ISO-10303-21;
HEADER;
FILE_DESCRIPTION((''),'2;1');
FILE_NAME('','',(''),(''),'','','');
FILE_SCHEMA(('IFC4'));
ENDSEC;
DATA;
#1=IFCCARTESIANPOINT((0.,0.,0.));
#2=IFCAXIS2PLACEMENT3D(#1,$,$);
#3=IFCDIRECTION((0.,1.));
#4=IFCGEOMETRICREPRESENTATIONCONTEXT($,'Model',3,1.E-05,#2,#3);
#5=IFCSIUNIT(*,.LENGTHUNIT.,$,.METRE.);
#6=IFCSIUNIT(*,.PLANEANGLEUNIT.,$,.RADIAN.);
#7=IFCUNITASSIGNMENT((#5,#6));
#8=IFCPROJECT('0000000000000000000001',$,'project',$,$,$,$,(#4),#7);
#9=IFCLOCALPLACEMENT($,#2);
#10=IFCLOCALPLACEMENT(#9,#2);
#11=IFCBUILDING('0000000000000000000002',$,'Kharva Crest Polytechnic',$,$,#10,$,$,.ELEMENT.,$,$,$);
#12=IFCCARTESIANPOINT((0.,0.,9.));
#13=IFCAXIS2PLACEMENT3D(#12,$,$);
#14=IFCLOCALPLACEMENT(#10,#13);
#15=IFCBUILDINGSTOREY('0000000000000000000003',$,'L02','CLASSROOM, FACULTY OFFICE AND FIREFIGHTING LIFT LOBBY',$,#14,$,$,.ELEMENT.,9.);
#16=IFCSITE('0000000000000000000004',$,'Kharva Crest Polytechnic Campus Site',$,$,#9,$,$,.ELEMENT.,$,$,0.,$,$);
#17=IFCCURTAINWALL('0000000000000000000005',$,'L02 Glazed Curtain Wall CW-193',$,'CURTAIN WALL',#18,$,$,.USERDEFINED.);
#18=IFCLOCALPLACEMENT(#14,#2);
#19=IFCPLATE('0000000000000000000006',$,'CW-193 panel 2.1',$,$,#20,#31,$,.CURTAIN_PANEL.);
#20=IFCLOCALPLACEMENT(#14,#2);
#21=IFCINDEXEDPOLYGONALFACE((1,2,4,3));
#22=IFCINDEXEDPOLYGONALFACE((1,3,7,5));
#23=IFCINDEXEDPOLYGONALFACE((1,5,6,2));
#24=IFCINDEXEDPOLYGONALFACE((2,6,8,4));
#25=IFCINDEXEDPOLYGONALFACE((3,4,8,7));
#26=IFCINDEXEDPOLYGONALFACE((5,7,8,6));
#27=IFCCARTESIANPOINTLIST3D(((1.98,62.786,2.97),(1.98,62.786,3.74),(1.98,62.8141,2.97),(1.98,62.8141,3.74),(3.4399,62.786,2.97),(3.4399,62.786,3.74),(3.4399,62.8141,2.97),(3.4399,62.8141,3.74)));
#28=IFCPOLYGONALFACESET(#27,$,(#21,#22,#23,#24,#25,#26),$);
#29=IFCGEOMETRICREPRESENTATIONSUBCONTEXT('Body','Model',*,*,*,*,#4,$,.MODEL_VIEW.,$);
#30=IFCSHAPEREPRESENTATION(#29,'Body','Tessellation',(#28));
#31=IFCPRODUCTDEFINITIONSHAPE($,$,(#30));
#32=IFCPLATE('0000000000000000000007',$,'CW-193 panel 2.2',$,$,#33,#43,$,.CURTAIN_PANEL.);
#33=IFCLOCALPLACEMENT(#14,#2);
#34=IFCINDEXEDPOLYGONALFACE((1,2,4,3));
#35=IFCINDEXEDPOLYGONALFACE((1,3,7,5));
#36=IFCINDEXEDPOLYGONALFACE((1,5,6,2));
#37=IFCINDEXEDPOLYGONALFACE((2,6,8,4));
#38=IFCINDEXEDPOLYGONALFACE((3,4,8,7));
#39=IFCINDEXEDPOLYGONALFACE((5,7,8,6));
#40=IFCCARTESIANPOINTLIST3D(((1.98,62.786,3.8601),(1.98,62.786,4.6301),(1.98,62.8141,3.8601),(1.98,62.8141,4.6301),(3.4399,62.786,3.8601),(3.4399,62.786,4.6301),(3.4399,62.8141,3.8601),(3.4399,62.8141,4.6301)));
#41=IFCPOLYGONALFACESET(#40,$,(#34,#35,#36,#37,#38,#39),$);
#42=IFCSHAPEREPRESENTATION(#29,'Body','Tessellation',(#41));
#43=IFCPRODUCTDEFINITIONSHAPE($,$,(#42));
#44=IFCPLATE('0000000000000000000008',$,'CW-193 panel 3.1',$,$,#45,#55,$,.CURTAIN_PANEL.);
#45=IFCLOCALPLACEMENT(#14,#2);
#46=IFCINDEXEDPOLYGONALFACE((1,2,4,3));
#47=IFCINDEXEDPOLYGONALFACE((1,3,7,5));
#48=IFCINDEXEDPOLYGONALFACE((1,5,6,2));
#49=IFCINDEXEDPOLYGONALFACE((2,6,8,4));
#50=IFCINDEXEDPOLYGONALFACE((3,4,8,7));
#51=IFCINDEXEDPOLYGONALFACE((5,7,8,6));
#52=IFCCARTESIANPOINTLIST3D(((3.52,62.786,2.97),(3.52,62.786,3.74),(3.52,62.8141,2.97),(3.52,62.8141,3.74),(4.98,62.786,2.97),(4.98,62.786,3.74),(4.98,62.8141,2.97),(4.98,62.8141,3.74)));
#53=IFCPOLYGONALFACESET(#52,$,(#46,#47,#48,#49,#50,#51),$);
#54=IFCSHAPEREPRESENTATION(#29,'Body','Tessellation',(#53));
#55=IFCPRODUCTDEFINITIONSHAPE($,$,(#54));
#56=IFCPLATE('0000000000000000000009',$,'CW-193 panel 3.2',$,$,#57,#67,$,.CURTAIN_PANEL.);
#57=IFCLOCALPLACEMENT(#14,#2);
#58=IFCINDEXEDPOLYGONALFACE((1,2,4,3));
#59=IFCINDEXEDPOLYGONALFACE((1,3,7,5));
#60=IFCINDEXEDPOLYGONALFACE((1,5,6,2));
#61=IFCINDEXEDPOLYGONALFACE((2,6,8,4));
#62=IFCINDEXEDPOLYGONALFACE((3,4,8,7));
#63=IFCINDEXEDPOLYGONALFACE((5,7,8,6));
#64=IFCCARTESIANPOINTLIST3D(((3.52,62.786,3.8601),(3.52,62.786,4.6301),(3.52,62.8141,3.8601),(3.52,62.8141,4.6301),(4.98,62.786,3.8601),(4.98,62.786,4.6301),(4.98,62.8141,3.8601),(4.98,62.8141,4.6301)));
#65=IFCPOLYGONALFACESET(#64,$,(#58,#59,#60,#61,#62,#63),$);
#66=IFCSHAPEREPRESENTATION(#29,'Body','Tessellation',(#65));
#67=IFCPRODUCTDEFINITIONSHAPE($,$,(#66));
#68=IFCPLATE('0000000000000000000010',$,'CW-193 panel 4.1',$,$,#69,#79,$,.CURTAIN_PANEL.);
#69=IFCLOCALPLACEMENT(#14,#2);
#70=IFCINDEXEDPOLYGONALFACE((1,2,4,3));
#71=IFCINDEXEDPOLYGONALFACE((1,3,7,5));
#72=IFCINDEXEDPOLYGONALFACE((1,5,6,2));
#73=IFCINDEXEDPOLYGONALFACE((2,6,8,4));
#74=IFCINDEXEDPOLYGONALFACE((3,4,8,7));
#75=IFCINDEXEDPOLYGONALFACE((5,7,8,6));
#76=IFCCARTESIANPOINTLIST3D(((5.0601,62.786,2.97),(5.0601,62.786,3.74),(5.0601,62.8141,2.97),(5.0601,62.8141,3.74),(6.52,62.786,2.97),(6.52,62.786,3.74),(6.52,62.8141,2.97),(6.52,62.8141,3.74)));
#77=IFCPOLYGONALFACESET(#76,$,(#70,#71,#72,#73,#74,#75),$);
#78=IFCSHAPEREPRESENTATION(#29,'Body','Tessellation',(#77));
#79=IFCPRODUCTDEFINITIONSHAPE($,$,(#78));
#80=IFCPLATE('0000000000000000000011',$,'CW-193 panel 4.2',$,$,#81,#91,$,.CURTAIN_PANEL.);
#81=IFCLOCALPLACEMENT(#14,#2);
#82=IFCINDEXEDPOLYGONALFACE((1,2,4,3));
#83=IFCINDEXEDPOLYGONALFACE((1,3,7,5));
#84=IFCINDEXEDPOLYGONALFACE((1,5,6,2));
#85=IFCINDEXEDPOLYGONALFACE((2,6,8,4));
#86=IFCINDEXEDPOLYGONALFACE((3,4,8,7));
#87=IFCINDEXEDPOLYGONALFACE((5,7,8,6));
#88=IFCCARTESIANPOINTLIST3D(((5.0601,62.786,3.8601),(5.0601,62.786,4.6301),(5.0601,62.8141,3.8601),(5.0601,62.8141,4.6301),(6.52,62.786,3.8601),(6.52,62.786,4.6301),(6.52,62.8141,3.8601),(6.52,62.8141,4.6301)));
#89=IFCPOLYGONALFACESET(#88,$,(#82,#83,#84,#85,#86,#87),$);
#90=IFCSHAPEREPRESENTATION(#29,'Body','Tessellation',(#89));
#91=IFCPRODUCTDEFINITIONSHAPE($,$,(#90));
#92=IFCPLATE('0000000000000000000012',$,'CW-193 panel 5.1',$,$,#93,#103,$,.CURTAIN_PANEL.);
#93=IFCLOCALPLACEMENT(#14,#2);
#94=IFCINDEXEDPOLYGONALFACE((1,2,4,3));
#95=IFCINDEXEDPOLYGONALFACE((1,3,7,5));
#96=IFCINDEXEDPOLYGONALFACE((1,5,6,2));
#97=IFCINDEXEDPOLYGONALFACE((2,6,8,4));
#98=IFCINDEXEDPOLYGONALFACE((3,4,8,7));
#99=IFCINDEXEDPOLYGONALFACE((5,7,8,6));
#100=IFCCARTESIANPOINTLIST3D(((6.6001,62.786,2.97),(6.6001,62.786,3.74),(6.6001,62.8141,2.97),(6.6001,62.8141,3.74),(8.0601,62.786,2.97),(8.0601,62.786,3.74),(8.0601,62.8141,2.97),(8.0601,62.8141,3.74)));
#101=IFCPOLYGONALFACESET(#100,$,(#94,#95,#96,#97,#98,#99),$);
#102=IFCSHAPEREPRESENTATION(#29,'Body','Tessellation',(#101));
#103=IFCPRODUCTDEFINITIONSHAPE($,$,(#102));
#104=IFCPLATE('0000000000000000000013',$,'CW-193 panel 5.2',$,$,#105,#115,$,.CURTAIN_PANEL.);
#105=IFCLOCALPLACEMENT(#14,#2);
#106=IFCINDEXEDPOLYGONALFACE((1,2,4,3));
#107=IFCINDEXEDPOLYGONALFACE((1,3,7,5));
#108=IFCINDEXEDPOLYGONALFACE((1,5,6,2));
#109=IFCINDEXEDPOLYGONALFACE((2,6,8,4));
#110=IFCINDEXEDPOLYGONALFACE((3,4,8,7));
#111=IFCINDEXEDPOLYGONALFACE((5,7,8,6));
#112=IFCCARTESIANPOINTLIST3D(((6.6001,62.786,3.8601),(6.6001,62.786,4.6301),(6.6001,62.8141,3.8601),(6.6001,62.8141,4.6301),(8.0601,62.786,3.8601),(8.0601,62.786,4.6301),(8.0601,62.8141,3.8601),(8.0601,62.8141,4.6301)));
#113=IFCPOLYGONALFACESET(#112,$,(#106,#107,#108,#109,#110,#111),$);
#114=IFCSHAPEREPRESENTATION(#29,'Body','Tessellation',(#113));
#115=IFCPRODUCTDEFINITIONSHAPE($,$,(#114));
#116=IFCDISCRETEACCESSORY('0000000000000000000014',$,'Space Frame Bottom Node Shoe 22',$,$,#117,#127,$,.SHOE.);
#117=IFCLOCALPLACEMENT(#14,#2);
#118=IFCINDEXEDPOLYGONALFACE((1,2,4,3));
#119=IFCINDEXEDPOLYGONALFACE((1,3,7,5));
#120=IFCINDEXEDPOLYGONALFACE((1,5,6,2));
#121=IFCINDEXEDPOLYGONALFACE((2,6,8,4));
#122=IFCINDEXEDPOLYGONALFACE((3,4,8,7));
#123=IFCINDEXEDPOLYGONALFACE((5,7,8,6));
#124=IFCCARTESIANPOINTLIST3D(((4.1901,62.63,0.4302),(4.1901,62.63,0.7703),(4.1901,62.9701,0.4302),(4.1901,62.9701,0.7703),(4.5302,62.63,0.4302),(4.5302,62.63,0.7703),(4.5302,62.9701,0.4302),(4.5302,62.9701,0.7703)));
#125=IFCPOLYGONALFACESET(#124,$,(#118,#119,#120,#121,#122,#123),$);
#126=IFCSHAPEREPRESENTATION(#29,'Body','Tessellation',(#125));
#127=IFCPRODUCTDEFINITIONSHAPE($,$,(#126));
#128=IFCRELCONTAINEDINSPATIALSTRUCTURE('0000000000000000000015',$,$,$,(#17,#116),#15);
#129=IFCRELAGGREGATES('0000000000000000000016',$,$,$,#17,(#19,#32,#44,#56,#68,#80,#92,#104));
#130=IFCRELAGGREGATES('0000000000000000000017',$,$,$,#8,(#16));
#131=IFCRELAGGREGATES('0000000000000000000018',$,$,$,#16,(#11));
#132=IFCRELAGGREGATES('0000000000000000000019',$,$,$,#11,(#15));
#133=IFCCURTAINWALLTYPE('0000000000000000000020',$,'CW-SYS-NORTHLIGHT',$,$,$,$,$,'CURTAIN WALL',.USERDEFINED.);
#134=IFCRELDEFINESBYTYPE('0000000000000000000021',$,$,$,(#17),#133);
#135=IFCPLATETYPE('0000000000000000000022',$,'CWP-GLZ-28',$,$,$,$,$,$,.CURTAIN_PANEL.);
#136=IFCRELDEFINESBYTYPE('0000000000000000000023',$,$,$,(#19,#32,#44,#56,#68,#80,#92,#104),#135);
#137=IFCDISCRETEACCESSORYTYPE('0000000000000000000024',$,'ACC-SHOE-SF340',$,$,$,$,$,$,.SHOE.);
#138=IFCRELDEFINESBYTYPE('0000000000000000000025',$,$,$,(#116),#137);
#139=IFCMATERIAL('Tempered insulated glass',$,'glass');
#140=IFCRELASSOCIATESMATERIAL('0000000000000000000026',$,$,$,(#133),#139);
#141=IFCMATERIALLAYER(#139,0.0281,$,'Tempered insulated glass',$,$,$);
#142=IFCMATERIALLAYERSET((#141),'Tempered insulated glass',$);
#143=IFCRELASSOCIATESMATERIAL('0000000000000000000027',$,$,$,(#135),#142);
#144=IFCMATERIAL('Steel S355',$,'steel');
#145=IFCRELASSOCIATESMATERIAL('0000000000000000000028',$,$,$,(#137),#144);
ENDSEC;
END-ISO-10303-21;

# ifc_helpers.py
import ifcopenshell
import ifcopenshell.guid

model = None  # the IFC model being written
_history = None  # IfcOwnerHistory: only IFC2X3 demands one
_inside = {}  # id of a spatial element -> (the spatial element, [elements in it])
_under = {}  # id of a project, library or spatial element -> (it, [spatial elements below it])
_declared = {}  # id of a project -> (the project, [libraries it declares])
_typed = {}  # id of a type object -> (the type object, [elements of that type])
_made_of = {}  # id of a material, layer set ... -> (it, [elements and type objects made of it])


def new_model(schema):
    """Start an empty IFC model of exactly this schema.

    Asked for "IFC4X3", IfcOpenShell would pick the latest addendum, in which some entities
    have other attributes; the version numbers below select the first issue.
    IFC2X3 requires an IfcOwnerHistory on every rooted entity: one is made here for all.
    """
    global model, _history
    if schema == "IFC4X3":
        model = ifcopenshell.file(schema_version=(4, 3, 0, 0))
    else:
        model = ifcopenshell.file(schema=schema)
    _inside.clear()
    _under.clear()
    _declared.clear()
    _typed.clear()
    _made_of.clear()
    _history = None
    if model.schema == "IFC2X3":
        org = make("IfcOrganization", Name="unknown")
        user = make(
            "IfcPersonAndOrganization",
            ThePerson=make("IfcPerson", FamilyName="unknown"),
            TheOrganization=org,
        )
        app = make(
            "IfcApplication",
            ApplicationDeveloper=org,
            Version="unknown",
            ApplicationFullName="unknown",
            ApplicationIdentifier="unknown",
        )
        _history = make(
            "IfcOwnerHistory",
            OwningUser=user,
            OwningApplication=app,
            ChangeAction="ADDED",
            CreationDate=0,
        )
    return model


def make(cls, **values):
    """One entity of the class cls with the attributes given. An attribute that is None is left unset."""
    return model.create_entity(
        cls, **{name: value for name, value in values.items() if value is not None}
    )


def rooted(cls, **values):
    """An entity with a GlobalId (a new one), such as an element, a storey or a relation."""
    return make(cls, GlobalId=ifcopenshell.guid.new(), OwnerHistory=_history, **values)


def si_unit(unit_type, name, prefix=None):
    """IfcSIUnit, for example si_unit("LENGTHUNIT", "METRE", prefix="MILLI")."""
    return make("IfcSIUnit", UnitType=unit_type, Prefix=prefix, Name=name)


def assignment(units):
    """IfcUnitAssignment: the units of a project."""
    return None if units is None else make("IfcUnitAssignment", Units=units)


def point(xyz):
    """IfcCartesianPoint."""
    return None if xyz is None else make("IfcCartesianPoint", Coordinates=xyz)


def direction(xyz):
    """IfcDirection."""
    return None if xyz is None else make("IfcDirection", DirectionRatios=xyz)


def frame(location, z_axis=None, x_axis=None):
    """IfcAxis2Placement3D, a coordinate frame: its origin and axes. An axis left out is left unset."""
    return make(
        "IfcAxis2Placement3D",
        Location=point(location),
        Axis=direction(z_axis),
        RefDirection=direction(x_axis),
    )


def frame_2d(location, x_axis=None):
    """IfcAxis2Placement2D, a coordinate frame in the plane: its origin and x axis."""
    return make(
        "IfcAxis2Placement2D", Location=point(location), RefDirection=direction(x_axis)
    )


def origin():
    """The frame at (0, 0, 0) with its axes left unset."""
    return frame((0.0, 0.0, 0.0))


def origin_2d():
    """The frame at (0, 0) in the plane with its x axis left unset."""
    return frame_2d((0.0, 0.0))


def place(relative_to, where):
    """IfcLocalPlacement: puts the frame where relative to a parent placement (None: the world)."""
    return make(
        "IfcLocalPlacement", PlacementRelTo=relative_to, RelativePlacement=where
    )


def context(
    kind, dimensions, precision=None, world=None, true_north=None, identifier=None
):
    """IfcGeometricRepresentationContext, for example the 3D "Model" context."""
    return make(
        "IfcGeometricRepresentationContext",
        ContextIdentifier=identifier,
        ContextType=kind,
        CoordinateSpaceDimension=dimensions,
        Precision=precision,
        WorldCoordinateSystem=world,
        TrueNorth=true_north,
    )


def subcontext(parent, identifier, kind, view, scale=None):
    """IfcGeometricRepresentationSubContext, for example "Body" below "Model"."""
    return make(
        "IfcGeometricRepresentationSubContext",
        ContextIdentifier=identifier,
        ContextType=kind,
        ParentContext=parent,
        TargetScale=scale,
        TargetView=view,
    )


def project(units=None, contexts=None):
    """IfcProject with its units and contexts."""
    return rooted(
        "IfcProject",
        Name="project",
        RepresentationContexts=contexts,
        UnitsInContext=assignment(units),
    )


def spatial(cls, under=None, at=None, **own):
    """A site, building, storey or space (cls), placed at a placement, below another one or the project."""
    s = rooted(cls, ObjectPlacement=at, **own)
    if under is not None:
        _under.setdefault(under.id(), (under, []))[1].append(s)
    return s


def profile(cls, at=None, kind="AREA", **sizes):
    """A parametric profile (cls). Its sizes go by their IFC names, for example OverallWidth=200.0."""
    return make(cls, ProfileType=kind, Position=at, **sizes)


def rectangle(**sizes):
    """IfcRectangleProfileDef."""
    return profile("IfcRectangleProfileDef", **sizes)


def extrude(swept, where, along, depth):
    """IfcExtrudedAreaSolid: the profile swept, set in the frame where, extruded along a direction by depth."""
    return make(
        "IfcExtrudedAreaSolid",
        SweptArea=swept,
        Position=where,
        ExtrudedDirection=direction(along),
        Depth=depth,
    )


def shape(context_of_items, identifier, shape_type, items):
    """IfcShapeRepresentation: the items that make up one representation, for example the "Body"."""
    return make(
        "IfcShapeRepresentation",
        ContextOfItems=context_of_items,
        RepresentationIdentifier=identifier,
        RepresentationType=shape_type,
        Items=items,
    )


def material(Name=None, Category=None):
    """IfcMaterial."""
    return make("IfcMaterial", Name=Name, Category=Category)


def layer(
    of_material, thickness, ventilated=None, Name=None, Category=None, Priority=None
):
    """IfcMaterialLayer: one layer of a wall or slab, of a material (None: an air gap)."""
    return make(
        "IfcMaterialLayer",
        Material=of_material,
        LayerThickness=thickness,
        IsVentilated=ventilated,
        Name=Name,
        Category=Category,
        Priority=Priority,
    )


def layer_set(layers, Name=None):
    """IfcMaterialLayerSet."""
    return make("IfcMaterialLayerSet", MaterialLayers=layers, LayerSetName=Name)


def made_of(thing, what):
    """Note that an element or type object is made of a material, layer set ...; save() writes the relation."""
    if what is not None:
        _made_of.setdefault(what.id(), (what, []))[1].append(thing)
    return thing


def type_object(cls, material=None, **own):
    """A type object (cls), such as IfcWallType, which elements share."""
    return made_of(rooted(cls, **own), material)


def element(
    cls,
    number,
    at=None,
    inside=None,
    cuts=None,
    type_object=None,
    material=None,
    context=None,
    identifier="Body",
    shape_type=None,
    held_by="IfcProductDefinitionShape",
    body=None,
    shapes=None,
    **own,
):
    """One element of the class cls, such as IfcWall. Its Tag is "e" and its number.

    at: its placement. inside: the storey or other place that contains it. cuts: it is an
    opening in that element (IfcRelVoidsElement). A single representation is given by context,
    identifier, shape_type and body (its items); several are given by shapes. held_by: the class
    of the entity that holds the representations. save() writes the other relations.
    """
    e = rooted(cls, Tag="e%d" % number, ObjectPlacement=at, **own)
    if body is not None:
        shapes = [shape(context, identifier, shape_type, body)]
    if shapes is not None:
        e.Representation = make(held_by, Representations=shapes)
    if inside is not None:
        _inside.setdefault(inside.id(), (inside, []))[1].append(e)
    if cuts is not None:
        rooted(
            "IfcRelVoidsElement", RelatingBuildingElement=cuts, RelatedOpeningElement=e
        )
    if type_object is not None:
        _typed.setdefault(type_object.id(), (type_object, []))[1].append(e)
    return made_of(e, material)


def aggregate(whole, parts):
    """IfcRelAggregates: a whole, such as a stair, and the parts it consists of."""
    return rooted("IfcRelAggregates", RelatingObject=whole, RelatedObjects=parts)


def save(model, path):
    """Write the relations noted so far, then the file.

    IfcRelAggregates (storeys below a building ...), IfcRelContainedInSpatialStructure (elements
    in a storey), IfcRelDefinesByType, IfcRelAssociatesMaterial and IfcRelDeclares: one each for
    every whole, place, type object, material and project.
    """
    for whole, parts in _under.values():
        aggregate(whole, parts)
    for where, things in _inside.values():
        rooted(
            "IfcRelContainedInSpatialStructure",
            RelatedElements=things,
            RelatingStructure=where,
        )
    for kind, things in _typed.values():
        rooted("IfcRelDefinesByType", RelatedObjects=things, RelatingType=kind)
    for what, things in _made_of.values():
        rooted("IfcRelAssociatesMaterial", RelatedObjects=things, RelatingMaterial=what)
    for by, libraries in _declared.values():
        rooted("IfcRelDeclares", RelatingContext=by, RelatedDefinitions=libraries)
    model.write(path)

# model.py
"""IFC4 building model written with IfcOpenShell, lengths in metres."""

from ifc_helpers import new_model, si_unit, direction, frame, origin, origin_2d, place, context, subcontext, project, spatial, rectangle, extrude, material, layer, layer_set, type_object, element, aggregate, save


model = new_model("IFC4")

# Units and contexts
model_context = context("Model", 3, precision=1e-05, world=origin(), true_north=direction((0.0, 1.0)))
body_context = subcontext(model_context, "Body", "Model", "MODEL_VIEW")
ifc_project = project(units=[si_unit("LENGTHUNIT", "METRE"), si_unit("PLANEANGLEUNIT", "RADIAN")], contexts=[model_context])

# Site, building, storey
site_placement = place(None, origin())
site = spatial("IfcSite", under=ifc_project, at=site_placement, Name="Kharva Crest Polytechnic Campus Site", CompositionType="ELEMENT", RefElevation=0.0)
building_placement = place(site_placement, origin())
building = spatial("IfcBuilding", under=site, at=building_placement, Name="Kharva Crest Polytechnic", CompositionType="ELEMENT")
storey_placement = place(building_placement, frame((0.0, 0.0, 9.0)))
storey = spatial("IfcBuildingStorey", under=building, at=storey_placement, Name="L02", Description="CLASSROOM, FACULTY OFFICE AND FIREFIGHTING LIFT LOBBY", CompositionType="ELEMENT", Elevation=9.0)

# Curtain wall
ifc_material_1 = material(Name="Tempered insulated glass", Category="glass")
curtain_wall_type = type_object("IfcCurtainWallType", Name="CW-SYS-NORTHLIGHT", ElementType="CURTAIN WALL", PredefinedType="USERDEFINED", material=ifc_material_1)
curtain_wall_placement = place(storey_placement, origin())
curtain_wall = element("IfcCurtainWall", 1, at=curtain_wall_placement, inside=storey, type_object=curtain_wall_type, Name="L02 Glazed Curtain Wall CW-193", ObjectType="CURTAIN WALL", PredefinedType="USERDEFINED")
ifc_material_2 = material(Name="Steel S355", Category="steel")

# Plates
ifc_layer = layer(ifc_material_1, 0.0281, Name="Tempered insulated glass")
ifc_layer_set = layer_set([ifc_layer], Name="Tempered insulated glass")
plate_type = type_object("IfcPlateType", Name="CWP-GLZ-28", PredefinedType="CURTAIN_PANEL", material=ifc_layer_set)
plate_1_placement = place(storey_placement, frame((2.71, 62.8, 2.97), z_axis=(0.0, 0.0, 1.0), x_axis=(1.0, 0.0, 0.0)))
plate_1 = element("IfcPlate", 2, at=plate_1_placement, type_object=plate_type, Name="CW-193 panel 2.1", PredefinedType="CURTAIN_PANEL", context=body_context, shape_type="SweptSolid", body=[
    extrude(rectangle(XDim=1.46, YDim=0.0281, at=origin_2d()), origin(), (0.0, 0.0, 1.0), 0.77),
])
plate_2_placement = place(storey_placement, frame((2.71, 62.8, 3.8601), z_axis=(0.0, 0.0, 1.0), x_axis=(1.0, 0.0, 0.0)))
plate_2 = element("IfcPlate", 3, at=plate_2_placement, type_object=plate_type, Name="CW-193 panel 2.2", PredefinedType="CURTAIN_PANEL", context=body_context, shape_type="SweptSolid", body=[
    extrude(rectangle(XDim=1.46, YDim=0.0281, at=origin_2d()), origin(), (0.0, 0.0, 1.0), 0.77),
])
plate_3_placement = place(storey_placement, frame((4.25, 62.8, 2.97), z_axis=(0.0, 0.0, 1.0), x_axis=(1.0, 0.0, 0.0)))
plate_3 = element("IfcPlate", 4, at=plate_3_placement, type_object=plate_type, Name="CW-193 panel 3.1", PredefinedType="CURTAIN_PANEL", context=body_context, shape_type="SweptSolid", body=[
    extrude(rectangle(XDim=1.46, YDim=0.0281, at=origin_2d()), origin(), (0.0, 0.0, 1.0), 0.77),
])
plate_4_placement = place(storey_placement, frame((4.25, 62.8, 3.8601), z_axis=(0.0, 0.0, 1.0), x_axis=(1.0, 0.0, 0.0)))
plate_4 = element("IfcPlate", 5, at=plate_4_placement, type_object=plate_type, Name="CW-193 panel 3.2", PredefinedType="CURTAIN_PANEL", context=body_context, shape_type="SweptSolid", body=[
    extrude(rectangle(XDim=1.46, YDim=0.0281, at=origin_2d()), origin(), (0.0, 0.0, 1.0), 0.77),
])
plate_5_placement = place(storey_placement, frame((5.79, 62.8, 2.97), z_axis=(0.0, 0.0, 1.0), x_axis=(1.0, 0.0, 0.0)))
plate_5 = element("IfcPlate", 6, at=plate_5_placement, type_object=plate_type, Name="CW-193 panel 4.1", PredefinedType="CURTAIN_PANEL", context=body_context, shape_type="SweptSolid", body=[
    extrude(rectangle(XDim=1.46, YDim=0.0281, at=origin_2d()), origin(), (0.0, 0.0, 1.0), 0.77),
])
plate_6_placement = place(storey_placement, frame((5.79, 62.8, 3.8601), z_axis=(0.0, 0.0, 1.0), x_axis=(1.0, 0.0, 0.0)))
plate_6 = element("IfcPlate", 7, at=plate_6_placement, type_object=plate_type, Name="CW-193 panel 4.2", PredefinedType="CURTAIN_PANEL", context=body_context, shape_type="SweptSolid", body=[
    extrude(rectangle(XDim=1.46, YDim=0.0281, at=origin_2d()), origin(), (0.0, 0.0, 1.0), 0.77),
])
plate_7_placement = place(storey_placement, frame((7.3301, 62.8, 2.97), z_axis=(0.0, 0.0, 1.0), x_axis=(1.0, 0.0, 0.0)))
plate_7 = element("IfcPlate", 8, at=plate_7_placement, type_object=plate_type, Name="CW-193 panel 5.1", PredefinedType="CURTAIN_PANEL", context=body_context, shape_type="SweptSolid", body=[
    extrude(rectangle(XDim=1.46, YDim=0.0281, at=origin_2d()), origin(), (0.0, 0.0, 1.0), 0.77),
])
plate_8_placement = place(storey_placement, frame((7.3301, 62.8, 3.8601), z_axis=(0.0, 0.0, 1.0), x_axis=(1.0, 0.0, 0.0)))
plate_8 = element("IfcPlate", 9, at=plate_8_placement, type_object=plate_type, Name="CW-193 panel 5.2", PredefinedType="CURTAIN_PANEL", context=body_context, shape_type="SweptSolid", body=[
    extrude(rectangle(XDim=1.46, YDim=0.0281, at=origin_2d()), origin(), (0.0, 0.0, 1.0), 0.77),
])
aggregate(curtain_wall, [plate_1, plate_2, plate_3, plate_4, plate_5, plate_6, plate_7, plate_8])

# Discrete accessory
discrete_accessory_type = type_object("IfcDiscreteAccessoryType", Name="ACC-SHOE-SF340", PredefinedType="SHOE", material=ifc_material_2)
discrete_accessory_placement = place(storey_placement, frame((4.3601, 62.8, 0.4302), z_axis=(0.0, 0.0, 1.0), x_axis=(1.0, 0.0, 0.0)))
element("IfcDiscreteAccessory", 10, at=discrete_accessory_placement, inside=storey, type_object=discrete_accessory_type, Name="Space Frame Bottom Node Shoe 22", PredefinedType="SHOE", context=body_context, shape_type="SweptSolid", body=[
    extrude(rectangle(XDim=0.3401, YDim=0.3401, at=origin_2d()), origin(), (0.0, 0.0, 1.0), 0.3401),
])

save(model, "model.ifc")
